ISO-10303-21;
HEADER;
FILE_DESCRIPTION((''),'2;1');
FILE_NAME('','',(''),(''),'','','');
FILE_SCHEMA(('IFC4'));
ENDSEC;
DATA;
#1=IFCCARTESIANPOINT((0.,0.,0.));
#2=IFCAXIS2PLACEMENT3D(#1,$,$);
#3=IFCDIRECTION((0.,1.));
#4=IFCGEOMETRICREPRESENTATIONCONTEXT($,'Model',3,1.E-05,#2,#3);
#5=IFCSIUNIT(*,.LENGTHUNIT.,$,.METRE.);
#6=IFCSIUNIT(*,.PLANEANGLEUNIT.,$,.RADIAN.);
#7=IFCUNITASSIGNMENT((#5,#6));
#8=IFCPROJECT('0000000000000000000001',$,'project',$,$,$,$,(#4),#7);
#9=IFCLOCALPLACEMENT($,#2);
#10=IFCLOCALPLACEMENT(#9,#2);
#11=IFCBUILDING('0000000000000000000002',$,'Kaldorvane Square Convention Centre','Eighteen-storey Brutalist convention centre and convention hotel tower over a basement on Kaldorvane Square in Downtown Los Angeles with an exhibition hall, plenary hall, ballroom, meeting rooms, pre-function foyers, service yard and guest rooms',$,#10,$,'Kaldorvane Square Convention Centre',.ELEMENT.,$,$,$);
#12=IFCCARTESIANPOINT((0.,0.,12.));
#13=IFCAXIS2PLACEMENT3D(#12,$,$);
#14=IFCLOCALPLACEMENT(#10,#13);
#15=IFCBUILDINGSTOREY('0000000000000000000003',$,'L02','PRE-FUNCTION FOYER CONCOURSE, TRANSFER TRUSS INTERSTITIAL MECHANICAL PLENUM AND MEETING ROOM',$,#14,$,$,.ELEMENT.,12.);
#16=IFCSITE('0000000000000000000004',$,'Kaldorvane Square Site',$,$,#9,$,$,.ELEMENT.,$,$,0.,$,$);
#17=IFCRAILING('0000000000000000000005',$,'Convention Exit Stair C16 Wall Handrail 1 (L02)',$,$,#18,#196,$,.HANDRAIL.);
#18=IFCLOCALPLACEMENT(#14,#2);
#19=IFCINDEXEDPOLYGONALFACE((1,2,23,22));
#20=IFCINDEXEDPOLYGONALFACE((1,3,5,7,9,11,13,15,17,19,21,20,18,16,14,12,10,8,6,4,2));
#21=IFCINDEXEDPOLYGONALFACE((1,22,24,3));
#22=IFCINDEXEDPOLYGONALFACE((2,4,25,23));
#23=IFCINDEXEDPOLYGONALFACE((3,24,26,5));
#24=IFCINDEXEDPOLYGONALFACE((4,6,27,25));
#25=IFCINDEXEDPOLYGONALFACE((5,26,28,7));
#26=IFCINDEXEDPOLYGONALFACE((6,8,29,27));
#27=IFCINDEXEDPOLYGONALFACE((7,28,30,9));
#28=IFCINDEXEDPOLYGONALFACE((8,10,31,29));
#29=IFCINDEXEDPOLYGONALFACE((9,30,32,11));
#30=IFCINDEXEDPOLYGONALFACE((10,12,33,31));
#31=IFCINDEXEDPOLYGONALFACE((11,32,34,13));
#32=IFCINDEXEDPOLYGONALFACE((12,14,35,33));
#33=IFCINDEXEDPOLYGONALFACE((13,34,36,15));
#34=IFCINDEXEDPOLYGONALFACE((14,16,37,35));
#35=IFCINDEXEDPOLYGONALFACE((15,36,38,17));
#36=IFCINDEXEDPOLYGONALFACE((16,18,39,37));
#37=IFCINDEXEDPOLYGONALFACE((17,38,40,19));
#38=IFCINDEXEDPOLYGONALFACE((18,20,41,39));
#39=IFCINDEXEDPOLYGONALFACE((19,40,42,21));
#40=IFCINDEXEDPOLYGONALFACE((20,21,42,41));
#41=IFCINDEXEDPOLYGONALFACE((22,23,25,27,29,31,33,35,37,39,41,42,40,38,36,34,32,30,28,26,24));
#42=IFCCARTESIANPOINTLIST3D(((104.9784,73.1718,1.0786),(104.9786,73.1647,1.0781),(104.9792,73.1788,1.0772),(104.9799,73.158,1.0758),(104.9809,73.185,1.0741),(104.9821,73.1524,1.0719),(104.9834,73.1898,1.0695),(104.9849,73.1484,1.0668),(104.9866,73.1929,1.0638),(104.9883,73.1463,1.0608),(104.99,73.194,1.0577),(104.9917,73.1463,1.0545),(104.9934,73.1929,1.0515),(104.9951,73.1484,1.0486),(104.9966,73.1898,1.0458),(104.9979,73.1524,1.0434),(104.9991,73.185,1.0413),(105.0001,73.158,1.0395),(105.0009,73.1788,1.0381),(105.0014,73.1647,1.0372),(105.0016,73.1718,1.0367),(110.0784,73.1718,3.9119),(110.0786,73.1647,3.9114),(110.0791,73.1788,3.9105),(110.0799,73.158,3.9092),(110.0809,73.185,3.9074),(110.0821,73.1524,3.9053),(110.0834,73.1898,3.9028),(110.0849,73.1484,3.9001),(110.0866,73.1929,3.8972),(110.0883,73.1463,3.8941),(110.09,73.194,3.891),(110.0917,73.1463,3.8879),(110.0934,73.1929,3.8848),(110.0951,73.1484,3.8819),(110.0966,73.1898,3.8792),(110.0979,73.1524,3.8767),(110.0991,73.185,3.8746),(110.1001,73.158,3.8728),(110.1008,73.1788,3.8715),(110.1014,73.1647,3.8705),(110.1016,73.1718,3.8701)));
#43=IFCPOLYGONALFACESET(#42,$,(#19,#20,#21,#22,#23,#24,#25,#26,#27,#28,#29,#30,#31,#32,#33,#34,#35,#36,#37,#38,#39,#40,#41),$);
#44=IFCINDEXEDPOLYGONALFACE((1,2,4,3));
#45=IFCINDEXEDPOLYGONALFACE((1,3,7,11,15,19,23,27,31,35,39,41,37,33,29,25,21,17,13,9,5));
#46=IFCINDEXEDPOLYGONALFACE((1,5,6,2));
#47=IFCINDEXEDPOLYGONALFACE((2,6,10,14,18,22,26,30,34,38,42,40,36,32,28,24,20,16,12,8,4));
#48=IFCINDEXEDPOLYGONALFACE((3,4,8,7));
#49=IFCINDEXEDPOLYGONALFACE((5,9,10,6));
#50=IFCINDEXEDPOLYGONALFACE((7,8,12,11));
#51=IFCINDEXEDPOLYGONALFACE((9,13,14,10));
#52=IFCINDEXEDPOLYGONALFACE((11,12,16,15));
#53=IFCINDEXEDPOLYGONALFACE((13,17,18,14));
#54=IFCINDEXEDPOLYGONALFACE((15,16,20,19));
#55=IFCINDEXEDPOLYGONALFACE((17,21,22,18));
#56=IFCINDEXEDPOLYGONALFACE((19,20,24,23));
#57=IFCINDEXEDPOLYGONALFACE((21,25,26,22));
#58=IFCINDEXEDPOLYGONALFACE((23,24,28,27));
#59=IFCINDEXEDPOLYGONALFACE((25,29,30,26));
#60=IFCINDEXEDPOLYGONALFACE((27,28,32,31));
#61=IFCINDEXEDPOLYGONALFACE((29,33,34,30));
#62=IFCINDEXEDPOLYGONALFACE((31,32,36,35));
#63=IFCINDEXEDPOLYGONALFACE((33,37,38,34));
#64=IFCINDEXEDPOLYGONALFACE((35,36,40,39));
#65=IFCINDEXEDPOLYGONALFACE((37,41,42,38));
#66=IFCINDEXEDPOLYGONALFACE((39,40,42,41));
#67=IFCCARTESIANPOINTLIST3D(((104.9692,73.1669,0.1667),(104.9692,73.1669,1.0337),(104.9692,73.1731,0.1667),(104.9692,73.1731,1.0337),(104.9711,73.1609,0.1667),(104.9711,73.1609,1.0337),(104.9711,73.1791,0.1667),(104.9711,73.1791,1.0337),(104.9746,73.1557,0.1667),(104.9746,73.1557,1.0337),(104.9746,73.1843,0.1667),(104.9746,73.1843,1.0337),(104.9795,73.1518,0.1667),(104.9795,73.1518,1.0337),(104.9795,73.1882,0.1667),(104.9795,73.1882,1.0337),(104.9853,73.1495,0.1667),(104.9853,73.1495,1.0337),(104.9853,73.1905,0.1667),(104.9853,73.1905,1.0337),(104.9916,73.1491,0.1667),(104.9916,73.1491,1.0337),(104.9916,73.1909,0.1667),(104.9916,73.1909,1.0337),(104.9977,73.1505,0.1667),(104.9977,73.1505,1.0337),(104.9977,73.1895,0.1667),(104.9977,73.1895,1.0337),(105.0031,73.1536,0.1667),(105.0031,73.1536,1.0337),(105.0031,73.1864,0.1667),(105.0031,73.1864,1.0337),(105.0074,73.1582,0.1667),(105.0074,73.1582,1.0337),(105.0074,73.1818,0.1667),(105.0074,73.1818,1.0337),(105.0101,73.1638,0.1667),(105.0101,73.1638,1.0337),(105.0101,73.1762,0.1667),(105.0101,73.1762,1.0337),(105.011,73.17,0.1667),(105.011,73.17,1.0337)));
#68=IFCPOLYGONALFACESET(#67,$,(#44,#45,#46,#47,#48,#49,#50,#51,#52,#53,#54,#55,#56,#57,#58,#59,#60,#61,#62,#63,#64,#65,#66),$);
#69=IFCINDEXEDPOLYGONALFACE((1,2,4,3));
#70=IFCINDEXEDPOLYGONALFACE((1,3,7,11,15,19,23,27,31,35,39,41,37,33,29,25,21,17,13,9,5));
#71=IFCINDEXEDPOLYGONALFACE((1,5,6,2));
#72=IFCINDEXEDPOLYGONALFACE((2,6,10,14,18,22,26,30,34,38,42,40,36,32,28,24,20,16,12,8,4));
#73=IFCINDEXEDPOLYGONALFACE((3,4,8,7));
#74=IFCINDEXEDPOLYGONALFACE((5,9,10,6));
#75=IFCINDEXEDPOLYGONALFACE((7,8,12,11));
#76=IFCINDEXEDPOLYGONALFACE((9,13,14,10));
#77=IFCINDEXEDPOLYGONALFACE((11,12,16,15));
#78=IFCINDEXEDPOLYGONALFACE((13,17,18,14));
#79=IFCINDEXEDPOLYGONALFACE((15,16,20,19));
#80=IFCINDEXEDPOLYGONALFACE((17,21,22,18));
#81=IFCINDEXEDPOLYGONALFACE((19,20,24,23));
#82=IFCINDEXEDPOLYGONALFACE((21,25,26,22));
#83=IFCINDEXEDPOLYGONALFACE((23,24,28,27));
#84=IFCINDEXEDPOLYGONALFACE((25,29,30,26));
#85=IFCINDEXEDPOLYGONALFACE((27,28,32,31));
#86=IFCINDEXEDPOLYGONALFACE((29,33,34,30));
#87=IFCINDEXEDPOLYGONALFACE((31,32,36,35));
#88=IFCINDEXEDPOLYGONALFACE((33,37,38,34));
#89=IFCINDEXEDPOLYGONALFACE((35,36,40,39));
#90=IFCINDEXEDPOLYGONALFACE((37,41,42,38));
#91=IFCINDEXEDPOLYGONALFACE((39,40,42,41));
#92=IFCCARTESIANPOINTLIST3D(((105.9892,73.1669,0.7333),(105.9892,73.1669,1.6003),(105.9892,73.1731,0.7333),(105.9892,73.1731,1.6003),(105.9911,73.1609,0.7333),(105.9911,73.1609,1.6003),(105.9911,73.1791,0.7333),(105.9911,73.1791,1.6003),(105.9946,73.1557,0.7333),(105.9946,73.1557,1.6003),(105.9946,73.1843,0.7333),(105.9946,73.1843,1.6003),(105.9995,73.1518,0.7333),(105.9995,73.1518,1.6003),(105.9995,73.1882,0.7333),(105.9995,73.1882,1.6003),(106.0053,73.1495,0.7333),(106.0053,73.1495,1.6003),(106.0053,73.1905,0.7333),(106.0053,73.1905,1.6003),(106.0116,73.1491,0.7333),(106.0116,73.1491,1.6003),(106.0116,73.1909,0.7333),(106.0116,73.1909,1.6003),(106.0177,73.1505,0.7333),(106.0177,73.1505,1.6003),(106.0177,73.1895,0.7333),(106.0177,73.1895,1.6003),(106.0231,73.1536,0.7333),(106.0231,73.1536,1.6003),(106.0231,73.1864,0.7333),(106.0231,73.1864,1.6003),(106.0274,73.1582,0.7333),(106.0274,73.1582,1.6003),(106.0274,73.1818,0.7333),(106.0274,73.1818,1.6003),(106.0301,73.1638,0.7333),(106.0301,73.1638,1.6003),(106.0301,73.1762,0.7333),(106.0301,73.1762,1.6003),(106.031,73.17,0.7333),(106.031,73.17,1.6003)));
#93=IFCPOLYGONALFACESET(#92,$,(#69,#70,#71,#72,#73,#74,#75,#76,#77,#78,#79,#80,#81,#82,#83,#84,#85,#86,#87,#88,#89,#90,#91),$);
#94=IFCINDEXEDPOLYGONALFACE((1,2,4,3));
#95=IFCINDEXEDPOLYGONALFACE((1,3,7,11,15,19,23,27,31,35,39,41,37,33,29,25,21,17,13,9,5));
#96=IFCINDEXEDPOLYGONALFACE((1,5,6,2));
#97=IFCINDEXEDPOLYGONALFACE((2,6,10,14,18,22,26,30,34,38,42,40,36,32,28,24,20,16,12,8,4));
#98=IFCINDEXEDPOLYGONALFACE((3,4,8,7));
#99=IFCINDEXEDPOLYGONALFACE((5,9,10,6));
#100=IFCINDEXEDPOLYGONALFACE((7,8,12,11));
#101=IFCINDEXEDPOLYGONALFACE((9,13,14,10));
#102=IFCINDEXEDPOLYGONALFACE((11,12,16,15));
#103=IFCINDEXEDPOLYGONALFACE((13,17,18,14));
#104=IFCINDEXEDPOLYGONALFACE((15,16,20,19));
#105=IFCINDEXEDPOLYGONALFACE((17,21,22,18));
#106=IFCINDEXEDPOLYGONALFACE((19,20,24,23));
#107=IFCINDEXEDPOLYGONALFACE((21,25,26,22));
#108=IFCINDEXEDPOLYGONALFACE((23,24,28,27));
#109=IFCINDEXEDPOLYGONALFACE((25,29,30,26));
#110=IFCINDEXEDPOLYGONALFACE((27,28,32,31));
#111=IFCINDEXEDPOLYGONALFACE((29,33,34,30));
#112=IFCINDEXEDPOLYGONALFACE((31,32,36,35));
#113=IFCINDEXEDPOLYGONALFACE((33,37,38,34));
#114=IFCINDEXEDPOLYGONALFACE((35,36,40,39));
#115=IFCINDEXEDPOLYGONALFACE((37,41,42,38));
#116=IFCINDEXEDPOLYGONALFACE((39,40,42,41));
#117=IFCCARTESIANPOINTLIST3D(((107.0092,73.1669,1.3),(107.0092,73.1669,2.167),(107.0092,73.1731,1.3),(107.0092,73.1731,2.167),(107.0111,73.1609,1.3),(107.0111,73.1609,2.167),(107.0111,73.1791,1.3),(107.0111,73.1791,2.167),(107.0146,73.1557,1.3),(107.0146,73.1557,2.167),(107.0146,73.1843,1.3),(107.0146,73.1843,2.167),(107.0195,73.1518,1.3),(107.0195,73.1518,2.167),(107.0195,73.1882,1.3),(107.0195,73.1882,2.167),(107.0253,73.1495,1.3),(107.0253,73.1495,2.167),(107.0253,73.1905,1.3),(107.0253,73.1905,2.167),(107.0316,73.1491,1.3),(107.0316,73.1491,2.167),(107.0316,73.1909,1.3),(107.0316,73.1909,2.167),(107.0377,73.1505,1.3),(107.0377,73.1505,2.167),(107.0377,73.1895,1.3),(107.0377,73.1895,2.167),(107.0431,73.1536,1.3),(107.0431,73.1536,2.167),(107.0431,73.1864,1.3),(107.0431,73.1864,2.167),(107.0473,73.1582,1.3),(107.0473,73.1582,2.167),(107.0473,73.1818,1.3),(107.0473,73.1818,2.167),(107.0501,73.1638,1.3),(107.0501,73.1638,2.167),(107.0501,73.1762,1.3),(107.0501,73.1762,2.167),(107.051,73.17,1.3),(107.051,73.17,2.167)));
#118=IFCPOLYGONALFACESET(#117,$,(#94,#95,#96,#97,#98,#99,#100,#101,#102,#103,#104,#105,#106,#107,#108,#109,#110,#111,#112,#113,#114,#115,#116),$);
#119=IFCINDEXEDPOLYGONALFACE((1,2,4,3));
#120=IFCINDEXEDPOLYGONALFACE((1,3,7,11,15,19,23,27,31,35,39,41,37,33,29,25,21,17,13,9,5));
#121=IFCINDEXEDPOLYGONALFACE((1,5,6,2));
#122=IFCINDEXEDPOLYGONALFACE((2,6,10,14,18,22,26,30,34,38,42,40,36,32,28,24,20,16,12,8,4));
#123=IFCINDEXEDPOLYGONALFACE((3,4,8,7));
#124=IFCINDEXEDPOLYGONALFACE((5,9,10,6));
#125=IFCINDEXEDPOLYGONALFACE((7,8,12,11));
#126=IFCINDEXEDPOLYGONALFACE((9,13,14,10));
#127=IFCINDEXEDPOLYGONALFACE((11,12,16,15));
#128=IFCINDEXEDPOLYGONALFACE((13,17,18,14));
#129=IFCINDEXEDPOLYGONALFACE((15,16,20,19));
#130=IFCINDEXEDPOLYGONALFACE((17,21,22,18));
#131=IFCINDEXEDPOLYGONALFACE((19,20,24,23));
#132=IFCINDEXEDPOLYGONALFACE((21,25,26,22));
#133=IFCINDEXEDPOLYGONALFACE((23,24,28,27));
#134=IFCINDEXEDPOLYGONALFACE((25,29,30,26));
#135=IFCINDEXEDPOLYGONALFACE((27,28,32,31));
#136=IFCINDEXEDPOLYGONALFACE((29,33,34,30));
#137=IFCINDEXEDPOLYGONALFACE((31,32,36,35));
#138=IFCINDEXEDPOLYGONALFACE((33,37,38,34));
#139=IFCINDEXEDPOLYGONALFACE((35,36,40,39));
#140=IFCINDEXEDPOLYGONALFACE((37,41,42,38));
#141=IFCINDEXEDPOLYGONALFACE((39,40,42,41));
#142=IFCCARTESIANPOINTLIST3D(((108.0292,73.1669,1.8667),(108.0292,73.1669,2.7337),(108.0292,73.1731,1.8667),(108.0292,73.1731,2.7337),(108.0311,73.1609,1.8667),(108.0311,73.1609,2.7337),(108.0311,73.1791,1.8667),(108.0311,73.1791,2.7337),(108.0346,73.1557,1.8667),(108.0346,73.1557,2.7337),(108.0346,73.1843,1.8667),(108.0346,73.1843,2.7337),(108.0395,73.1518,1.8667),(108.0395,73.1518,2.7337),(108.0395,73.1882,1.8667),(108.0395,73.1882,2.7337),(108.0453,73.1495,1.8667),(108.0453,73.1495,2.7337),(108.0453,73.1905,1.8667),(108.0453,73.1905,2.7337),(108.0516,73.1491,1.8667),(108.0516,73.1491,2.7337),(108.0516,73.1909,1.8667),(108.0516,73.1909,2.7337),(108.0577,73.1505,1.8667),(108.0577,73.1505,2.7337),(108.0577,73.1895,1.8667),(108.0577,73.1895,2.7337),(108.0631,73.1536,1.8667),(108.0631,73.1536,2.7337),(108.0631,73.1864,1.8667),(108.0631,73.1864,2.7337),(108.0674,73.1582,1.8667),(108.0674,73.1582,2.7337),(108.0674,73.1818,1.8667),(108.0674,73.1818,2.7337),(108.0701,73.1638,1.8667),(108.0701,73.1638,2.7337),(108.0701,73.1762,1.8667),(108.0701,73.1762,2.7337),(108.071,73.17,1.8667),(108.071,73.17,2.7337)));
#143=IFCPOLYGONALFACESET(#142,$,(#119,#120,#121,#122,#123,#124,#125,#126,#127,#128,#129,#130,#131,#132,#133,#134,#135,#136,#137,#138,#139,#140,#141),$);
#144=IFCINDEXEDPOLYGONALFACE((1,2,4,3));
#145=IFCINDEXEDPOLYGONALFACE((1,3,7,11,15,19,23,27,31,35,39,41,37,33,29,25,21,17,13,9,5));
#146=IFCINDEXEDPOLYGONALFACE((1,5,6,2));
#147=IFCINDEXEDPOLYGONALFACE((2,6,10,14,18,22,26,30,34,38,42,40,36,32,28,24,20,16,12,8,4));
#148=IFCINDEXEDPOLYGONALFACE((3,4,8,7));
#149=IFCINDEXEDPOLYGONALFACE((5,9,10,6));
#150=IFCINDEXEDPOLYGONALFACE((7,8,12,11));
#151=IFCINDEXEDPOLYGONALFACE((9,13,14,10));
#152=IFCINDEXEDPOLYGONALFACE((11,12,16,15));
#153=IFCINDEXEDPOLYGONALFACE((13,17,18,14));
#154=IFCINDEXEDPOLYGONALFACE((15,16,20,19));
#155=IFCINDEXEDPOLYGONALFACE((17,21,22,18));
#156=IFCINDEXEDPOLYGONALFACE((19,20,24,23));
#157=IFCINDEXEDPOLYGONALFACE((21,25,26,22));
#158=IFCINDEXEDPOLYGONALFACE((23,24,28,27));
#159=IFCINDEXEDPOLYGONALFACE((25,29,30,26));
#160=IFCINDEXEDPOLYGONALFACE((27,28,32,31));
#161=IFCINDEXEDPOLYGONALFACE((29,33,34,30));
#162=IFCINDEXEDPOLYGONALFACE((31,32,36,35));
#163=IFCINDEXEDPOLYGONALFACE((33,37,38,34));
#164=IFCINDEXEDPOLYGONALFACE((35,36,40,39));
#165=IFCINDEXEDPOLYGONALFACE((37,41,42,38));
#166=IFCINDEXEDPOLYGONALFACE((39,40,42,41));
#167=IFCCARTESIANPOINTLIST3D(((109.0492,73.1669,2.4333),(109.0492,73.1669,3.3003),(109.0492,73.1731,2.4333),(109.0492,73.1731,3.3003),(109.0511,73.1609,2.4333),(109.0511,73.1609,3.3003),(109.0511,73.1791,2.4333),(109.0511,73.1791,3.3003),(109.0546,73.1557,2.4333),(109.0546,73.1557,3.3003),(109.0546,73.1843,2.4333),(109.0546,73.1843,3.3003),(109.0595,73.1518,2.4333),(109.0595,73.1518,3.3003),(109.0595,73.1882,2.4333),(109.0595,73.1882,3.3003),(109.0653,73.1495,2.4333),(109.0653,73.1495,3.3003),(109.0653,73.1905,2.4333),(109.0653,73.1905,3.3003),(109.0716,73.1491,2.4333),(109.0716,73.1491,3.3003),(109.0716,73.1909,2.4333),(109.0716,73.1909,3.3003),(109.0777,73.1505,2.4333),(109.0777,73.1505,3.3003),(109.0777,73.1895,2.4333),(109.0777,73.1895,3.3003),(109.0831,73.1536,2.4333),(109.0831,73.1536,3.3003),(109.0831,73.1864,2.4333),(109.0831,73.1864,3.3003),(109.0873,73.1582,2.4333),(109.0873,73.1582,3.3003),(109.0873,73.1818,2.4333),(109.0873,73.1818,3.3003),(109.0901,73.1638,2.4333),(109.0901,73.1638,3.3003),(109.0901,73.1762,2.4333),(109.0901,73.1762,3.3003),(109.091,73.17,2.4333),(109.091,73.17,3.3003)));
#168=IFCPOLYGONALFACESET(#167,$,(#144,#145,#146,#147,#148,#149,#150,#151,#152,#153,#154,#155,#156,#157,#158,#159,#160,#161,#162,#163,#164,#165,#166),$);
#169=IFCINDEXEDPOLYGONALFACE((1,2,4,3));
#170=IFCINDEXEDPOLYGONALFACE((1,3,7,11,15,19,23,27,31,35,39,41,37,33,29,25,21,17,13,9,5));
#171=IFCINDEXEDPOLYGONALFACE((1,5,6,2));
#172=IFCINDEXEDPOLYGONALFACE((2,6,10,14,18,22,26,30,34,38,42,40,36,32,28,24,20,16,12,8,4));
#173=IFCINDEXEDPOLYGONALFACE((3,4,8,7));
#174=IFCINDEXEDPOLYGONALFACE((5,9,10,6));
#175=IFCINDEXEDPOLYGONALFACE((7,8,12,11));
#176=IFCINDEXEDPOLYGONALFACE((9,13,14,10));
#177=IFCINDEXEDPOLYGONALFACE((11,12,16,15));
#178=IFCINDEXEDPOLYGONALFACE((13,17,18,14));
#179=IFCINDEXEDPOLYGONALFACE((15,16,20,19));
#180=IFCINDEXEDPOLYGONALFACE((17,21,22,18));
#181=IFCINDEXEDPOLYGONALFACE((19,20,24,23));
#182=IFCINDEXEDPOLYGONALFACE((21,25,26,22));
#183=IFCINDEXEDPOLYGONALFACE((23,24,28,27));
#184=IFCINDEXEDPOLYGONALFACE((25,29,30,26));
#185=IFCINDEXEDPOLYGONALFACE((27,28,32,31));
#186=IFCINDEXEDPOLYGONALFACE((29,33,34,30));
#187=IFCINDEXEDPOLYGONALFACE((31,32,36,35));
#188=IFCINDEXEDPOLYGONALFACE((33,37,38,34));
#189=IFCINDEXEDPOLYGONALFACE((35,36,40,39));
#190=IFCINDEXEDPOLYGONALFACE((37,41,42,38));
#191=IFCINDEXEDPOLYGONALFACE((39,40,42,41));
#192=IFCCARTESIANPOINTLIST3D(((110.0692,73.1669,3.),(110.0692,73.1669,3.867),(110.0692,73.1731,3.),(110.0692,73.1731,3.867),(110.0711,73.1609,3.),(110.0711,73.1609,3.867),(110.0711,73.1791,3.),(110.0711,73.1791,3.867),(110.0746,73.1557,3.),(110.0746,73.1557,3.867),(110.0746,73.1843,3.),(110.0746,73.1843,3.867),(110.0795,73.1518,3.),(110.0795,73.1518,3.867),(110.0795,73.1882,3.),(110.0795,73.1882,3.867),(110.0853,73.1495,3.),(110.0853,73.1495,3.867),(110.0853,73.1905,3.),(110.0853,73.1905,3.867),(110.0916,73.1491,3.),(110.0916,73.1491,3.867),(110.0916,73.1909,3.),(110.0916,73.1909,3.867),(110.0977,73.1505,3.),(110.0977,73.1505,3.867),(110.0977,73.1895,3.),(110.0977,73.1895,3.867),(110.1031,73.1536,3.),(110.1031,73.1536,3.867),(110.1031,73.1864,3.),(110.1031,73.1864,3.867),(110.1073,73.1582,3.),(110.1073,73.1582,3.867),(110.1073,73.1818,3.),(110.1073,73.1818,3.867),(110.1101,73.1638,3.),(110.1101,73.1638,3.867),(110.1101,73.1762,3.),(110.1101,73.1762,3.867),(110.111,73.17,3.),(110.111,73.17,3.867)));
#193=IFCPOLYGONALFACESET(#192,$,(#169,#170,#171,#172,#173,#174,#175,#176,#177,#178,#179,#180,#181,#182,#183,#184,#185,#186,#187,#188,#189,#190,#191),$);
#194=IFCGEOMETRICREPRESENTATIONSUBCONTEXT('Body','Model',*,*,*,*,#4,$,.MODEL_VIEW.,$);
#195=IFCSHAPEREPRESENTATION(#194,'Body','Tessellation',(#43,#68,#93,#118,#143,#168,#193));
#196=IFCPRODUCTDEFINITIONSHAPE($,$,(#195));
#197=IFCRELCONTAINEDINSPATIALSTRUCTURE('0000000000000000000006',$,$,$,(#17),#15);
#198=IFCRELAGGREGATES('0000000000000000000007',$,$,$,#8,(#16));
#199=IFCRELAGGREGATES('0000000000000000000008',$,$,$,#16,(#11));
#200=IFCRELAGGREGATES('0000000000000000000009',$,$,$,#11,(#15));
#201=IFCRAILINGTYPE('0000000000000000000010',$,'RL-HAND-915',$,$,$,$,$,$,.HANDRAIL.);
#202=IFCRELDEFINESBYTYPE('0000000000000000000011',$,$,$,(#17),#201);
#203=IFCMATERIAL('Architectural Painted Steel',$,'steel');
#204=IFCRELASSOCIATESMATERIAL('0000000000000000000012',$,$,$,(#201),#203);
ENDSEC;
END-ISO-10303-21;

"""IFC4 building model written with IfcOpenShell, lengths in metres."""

from ifc_helpers import new_model, si_unit, direction, frame, origin, origin_2d, place, context, subcontext, project, spatial, circle, extrude, material, type_object, element, save


model = new_model("IFC4")

# Units and contexts
model_context = context("Model", 3, precision=1e-05, world=origin(), true_north=direction((0.0, 1.0)))
body_context = subcontext(model_context, "Body", "Model", "MODEL_VIEW")
ifc_project = project(units=[si_unit("LENGTHUNIT", "METRE"), si_unit("PLANEANGLEUNIT", "RADIAN")], contexts=[model_context])

# Site, building, storey
site_placement = place(None, origin())
site = spatial("IfcSite", under=ifc_project, at=site_placement, Name="Kaldorvane Square Site", CompositionType="ELEMENT", RefElevation=0.0)
building_placement = place(site_placement, origin())
building = spatial("IfcBuilding", under=site, at=building_placement, Name="Kaldorvane Square Convention Centre", Description="Eighteen-storey Brutalist convention centre and convention hotel tower over a basement on Kaldorvane Square in Downtown Los Angeles with an exhibition hall, plenary hall, ballroom, meeting rooms, pre-function foyers, service yard and guest rooms", LongName="Kaldorvane Square Convention Centre", CompositionType="ELEMENT")
storey_placement = place(building_placement, frame((0.0, 0.0, 12.0)))
storey = spatial("IfcBuildingStorey", under=building, at=storey_placement, Name="L02", Description="PRE-FUNCTION FOYER CONCOURSE, TRANSFER TRUSS INTERSTITIAL MECHANICAL PLENUM AND MEETING ROOM", CompositionType="ELEMENT", Elevation=12.0)

# Railing
ifc_material_1 = material(Name="Architectural Painted Steel", Category="steel")
railing_type_1 = type_object("IfcRailingType", Name="RL-HAND-915", PredefinedType="HANDRAIL", material=ifc_material_1)
railing_1_placement = place(storey_placement, frame((104.99, 73.17, 0.1667)))
element("IfcRailing", 1, at=railing_1_placement, inside=storey, type_object=railing_type_1, Name="Convention Exit Stair C16 Wall Handrail 1 (L02)", PredefinedType="HANDRAIL", context=body_context, shape_type="SweptSolid", body=[
    extrude(circle(Radius=0.024, at=origin_2d()), frame((0.0, 0.0, 0.891), z_axis=(0.874157, 0.0, 0.485643), x_axis=(0.0, 1.0, 0.0)), (0.0, 0.0, 1.0), 5.8342),
    extrude(circle(Radius=0.021, at=origin_2d()), origin(), (0.0, 0.0, 1.0), 0.867),
    extrude(circle(Radius=0.021, at=origin_2d()), frame((1.02, 0.0, 0.5667)), (0.0, 0.0, 1.0), 0.867),
    extrude(circle(Radius=0.021, at=origin_2d()), frame((2.04, 0.0, 1.1333)), (0.0, 0.0, 1.0), 0.867),
    extrude(circle(Radius=0.021, at=origin_2d()), frame((3.06, 0.0, 1.7)), (0.0, 0.0, 1.0), 0.867),
    extrude(circle(Radius=0.021, at=origin_2d()), frame((4.08, 0.0, 2.2667)), (0.0, 0.0, 1.0), 0.867),
    extrude(circle(Radius=0.021, at=origin_2d()), frame((5.1, 0.0, 2.8333)), (0.0, 0.0, 1.0), 0.867),
])

save(model, "model.ifc")
